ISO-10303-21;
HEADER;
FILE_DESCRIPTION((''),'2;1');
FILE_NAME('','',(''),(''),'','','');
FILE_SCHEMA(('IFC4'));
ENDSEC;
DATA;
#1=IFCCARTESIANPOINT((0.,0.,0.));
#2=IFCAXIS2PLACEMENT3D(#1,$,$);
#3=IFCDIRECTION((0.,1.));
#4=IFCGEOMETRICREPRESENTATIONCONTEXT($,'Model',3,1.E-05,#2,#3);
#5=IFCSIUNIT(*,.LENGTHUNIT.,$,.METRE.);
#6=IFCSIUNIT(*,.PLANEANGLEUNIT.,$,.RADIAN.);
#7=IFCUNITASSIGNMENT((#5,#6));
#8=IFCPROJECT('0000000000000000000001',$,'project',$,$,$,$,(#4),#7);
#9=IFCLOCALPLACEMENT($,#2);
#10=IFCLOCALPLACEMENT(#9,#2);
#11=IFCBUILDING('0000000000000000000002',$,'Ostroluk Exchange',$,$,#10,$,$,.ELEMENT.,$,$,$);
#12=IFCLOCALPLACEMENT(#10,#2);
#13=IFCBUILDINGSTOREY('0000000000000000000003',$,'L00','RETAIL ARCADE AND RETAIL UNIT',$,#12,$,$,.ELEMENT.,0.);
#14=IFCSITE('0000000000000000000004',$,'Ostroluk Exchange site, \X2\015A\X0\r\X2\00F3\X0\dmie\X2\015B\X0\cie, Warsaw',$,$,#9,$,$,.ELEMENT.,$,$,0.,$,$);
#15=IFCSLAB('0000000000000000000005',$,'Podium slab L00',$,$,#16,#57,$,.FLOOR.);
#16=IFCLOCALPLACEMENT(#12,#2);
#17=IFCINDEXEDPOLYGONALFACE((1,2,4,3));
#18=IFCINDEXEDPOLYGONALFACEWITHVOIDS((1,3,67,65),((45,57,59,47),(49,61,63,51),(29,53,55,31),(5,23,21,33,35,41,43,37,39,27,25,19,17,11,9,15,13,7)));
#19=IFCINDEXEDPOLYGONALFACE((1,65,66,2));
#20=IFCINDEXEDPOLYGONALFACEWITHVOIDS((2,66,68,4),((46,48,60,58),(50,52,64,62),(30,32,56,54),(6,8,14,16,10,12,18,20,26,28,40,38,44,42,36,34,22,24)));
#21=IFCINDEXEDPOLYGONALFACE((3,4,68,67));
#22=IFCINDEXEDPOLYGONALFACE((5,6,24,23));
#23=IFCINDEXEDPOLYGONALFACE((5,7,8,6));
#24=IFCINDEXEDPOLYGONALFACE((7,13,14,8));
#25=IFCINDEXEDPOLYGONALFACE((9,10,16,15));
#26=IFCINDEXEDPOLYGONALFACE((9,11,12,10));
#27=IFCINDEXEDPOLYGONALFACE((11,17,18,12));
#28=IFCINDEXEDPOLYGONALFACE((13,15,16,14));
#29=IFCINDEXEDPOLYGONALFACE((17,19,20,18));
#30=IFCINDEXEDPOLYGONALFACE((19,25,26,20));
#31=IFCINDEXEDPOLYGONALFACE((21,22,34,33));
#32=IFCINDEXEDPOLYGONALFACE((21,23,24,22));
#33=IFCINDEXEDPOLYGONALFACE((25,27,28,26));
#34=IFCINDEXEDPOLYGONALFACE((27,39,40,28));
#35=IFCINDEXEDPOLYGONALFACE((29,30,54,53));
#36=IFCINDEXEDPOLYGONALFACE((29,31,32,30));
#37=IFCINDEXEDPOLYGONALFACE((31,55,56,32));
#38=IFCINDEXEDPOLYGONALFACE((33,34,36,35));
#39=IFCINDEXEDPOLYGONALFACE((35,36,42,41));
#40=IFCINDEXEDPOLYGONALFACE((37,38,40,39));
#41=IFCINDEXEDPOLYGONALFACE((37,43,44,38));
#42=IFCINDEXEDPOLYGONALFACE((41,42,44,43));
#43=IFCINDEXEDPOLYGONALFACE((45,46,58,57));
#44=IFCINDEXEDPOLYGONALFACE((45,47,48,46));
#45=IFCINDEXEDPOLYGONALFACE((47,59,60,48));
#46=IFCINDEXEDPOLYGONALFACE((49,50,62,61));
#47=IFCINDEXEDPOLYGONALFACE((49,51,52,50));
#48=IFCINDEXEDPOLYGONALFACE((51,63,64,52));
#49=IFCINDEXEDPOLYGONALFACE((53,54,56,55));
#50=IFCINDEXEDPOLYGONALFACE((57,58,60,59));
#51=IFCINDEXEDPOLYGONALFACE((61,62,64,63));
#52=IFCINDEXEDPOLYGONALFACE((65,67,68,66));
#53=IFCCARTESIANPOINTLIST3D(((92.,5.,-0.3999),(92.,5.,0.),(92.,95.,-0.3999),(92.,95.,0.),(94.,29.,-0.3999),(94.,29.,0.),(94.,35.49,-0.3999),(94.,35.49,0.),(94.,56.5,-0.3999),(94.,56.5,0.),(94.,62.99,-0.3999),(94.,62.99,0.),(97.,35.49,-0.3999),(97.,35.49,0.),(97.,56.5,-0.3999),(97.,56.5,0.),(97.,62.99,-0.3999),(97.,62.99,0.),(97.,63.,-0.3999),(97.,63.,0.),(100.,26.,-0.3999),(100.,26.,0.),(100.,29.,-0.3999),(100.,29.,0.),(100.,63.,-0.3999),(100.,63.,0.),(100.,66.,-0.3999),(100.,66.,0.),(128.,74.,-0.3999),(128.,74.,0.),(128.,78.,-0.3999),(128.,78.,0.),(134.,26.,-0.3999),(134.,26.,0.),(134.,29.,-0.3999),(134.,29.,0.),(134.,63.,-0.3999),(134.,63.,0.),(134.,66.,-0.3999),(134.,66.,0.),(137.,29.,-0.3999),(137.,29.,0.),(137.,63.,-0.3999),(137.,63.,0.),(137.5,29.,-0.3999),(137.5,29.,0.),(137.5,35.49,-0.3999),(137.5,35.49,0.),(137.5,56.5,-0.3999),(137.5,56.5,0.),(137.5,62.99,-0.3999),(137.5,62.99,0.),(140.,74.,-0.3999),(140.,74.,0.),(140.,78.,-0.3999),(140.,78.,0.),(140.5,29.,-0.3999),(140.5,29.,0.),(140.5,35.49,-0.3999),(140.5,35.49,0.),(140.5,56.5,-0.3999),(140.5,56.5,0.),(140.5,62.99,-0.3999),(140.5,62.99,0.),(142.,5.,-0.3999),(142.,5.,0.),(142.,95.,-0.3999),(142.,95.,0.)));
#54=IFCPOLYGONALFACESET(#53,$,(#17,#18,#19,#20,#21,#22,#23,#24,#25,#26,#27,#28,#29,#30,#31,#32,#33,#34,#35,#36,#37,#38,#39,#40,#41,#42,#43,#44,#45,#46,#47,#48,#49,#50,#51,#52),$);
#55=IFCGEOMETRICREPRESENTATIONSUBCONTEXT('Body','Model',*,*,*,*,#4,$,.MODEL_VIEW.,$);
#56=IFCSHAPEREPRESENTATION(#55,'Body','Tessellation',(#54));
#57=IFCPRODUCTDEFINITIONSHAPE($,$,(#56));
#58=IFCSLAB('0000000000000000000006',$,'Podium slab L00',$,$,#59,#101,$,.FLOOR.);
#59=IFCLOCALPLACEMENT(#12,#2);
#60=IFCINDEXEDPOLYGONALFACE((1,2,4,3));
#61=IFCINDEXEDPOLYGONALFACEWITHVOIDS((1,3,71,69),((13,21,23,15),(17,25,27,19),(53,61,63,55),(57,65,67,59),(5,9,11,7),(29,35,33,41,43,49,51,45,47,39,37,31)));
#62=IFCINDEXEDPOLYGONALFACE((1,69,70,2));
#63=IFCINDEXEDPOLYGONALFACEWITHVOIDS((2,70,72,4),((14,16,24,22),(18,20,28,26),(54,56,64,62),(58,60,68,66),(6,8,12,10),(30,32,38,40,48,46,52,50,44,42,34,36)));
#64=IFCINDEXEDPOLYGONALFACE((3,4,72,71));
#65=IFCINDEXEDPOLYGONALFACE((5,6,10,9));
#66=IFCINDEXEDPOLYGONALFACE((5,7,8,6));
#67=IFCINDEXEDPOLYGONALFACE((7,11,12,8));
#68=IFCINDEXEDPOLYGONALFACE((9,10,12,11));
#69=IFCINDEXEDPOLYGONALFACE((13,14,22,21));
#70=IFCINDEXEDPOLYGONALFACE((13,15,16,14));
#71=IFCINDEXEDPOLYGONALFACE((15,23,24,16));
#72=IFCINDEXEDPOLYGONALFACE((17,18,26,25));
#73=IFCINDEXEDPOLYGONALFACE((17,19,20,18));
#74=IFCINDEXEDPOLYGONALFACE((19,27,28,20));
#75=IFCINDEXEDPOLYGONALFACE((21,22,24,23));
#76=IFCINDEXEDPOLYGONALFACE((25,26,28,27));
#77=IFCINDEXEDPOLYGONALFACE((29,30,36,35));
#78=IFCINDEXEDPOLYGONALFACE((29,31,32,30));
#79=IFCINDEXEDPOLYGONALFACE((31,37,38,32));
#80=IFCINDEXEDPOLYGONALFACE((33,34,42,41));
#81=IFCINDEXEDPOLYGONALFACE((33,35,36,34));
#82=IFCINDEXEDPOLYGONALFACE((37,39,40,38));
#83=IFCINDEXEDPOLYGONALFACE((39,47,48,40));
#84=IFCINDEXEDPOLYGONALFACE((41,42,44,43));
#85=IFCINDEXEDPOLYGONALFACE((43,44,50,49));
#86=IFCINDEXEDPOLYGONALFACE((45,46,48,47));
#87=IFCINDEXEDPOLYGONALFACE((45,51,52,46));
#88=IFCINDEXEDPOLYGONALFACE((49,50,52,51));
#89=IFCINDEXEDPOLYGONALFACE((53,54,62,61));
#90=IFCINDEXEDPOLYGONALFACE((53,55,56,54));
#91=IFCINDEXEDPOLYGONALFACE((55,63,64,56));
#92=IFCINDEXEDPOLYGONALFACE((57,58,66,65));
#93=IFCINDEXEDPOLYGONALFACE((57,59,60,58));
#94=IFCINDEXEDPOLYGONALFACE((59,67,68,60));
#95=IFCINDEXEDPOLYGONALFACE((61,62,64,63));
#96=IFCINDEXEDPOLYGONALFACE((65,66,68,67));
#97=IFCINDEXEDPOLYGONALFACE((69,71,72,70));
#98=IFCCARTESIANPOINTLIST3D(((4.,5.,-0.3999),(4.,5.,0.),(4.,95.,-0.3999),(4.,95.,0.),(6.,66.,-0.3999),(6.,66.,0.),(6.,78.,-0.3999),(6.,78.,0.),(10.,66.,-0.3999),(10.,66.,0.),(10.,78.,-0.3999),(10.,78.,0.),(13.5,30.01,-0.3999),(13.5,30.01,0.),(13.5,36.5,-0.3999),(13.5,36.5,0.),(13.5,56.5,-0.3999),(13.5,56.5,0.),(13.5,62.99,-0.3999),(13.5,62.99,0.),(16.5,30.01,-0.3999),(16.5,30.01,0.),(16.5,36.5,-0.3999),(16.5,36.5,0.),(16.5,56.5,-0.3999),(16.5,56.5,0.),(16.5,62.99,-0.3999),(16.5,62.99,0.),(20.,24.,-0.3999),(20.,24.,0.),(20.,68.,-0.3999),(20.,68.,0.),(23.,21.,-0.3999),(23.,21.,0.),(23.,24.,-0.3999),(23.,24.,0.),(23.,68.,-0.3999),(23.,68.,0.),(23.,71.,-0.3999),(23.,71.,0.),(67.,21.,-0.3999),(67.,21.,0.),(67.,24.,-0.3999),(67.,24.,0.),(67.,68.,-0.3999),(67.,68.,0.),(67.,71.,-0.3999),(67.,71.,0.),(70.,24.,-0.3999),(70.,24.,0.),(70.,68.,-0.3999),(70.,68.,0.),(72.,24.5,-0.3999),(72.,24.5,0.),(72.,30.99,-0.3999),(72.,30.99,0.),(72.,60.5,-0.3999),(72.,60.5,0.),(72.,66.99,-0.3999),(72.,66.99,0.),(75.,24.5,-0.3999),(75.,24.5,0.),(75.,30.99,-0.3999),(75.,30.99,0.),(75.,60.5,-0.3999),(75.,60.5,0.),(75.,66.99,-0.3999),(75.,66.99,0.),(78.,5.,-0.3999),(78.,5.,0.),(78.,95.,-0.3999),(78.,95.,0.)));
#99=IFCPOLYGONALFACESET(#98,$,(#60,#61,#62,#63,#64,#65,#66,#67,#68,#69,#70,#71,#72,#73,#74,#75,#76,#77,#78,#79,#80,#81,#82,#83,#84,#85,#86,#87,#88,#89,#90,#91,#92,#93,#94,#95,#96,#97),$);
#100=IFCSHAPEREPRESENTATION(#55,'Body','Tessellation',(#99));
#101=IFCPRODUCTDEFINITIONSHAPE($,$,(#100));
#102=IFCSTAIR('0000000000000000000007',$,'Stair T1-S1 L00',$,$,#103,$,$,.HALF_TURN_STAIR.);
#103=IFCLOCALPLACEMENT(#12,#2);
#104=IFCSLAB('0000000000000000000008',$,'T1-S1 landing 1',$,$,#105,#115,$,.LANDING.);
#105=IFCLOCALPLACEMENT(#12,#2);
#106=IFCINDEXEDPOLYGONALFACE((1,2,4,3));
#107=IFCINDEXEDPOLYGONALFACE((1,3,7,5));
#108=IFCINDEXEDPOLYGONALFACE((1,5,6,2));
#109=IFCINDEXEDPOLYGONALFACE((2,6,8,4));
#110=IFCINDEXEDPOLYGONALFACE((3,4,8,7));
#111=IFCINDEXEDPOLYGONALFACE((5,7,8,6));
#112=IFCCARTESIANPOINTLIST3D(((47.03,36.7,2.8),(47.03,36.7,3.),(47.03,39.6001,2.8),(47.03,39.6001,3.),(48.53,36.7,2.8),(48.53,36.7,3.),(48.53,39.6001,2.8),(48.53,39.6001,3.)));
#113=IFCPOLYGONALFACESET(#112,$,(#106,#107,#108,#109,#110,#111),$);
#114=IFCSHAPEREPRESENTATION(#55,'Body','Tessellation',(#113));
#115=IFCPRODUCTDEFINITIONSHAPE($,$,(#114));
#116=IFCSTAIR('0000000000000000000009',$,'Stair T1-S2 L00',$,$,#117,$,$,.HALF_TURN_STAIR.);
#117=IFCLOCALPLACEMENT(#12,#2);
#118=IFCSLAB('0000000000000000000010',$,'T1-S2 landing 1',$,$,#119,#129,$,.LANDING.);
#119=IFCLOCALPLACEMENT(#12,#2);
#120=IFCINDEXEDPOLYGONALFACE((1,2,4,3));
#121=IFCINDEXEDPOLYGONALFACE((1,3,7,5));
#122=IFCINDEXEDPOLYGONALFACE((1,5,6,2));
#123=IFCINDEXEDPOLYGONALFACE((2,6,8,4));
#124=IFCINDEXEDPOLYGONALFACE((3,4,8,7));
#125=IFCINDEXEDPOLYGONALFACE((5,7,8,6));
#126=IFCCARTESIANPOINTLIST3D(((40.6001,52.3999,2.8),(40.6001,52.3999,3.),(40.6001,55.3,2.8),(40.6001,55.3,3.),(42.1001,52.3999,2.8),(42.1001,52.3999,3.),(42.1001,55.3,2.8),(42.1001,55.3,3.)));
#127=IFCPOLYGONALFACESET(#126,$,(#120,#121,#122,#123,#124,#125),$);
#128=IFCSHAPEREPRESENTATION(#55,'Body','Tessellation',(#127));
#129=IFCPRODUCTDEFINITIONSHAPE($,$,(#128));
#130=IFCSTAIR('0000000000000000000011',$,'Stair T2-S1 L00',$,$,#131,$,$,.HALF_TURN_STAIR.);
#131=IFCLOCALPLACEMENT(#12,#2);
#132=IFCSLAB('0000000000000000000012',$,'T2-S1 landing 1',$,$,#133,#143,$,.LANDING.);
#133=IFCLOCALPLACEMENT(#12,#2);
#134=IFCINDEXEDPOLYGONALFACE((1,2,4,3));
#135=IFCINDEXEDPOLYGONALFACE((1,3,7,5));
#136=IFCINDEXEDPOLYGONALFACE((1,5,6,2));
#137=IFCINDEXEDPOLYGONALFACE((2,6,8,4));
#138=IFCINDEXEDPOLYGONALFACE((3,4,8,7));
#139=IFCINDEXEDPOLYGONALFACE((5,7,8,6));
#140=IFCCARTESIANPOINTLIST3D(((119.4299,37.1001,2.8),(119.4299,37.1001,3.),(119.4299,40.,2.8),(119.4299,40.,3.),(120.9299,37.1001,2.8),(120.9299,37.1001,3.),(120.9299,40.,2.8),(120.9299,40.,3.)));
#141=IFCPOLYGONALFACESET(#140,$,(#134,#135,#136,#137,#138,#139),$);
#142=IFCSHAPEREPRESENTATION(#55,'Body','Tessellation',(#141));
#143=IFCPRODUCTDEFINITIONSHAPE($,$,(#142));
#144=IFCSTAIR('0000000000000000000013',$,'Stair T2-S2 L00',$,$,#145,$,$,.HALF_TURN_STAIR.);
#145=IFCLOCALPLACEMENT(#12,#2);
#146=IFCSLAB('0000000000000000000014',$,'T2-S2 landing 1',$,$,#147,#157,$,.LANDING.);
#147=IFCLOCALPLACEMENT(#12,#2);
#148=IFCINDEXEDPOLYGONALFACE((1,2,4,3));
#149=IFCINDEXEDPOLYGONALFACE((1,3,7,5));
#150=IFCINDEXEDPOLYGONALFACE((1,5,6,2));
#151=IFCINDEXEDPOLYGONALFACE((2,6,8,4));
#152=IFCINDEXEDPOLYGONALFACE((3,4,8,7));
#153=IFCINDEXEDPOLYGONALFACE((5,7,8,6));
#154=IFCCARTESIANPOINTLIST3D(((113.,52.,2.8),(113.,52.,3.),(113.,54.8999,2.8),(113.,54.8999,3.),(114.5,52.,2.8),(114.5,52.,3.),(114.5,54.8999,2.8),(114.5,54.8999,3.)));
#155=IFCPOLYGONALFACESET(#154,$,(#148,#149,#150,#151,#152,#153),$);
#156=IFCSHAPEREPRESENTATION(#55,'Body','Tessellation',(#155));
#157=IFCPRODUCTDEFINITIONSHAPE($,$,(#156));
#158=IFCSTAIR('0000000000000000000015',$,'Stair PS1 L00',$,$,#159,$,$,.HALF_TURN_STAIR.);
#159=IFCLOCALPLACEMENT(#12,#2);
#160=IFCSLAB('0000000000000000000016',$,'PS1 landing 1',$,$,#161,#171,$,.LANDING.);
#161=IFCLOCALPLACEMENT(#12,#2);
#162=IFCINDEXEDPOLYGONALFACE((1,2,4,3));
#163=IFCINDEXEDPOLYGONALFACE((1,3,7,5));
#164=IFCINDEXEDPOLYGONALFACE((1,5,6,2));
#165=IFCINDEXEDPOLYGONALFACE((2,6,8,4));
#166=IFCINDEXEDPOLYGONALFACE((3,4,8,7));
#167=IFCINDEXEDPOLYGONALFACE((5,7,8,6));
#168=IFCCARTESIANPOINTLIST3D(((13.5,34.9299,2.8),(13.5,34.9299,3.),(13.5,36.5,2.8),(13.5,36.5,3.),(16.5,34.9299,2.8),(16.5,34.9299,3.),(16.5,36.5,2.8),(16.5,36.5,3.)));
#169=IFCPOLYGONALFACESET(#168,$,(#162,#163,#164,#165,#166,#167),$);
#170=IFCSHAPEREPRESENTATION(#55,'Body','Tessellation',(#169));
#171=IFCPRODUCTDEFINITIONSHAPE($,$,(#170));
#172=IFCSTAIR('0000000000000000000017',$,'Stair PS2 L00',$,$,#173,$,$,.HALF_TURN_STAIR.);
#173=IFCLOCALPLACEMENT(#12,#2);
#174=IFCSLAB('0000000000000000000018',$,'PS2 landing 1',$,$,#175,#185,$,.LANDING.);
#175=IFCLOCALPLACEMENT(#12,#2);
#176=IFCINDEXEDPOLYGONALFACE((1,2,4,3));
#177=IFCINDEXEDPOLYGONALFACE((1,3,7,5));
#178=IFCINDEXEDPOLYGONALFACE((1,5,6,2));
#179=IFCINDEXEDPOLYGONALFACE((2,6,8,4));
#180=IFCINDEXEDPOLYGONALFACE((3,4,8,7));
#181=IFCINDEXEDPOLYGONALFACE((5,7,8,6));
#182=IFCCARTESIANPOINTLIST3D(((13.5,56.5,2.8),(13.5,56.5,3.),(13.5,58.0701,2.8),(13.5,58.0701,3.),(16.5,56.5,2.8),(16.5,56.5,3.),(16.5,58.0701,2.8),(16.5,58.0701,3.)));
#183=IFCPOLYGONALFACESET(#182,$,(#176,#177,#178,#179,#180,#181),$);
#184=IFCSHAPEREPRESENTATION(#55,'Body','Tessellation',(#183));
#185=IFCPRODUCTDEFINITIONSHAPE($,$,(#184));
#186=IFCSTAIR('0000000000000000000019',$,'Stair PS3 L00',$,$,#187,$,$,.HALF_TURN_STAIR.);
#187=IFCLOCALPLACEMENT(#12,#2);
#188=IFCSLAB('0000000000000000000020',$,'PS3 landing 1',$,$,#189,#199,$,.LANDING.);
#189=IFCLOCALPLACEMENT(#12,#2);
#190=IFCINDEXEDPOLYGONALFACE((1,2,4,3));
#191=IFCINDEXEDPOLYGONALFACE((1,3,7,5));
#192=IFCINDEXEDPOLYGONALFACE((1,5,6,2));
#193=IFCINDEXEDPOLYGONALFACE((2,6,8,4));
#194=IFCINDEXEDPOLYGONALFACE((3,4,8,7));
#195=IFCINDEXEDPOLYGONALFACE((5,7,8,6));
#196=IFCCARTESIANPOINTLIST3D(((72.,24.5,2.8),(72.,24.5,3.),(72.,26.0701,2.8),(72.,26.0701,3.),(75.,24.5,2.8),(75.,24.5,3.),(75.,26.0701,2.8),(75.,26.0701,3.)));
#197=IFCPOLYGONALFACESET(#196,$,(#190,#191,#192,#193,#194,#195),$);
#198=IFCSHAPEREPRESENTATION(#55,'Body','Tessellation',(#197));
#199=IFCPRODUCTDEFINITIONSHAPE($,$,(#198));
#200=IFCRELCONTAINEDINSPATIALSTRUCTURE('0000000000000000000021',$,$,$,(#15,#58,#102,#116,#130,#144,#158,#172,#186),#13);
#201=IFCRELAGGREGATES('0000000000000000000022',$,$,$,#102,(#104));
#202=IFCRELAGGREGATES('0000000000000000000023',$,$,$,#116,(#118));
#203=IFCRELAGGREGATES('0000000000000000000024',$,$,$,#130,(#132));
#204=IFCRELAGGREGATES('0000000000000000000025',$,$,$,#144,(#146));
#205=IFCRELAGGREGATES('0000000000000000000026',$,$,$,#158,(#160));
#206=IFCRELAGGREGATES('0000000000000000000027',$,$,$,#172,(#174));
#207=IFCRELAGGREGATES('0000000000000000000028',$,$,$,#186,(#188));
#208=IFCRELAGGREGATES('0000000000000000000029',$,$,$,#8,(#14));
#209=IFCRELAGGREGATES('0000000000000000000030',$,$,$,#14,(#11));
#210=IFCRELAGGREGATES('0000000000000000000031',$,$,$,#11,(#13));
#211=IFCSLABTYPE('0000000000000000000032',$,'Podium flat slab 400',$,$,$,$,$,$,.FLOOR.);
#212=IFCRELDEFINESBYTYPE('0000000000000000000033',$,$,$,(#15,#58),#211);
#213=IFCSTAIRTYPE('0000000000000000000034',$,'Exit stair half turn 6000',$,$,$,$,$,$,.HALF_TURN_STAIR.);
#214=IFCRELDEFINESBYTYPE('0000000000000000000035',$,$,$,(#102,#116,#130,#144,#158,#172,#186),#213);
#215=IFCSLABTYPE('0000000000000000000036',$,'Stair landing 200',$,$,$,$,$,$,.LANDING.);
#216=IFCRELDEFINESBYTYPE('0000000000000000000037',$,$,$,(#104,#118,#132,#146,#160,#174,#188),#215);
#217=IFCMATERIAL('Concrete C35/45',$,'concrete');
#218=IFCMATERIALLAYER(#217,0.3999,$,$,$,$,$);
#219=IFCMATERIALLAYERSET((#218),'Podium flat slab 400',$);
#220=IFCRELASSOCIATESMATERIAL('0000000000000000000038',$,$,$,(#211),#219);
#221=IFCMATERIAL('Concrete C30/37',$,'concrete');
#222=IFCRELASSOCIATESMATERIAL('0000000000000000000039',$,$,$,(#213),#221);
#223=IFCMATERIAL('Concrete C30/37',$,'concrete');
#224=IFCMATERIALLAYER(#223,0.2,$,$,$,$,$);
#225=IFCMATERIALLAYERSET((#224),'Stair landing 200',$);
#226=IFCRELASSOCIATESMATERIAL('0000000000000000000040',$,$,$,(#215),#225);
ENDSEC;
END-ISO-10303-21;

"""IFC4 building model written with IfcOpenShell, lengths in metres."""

from ifc_helpers import new_model, si_unit, direction, frame, origin, place, context, subcontext, project, spatial, polyline, outline, extrude, material, layer, layer_set, type_object, element, aggregate, save


model = new_model("IFC4")

# Units and contexts
model_context = context("Model", 3, precision=1e-05, world=origin(), true_north=direction((0.0, 1.0)))
body_context = subcontext(model_context, "Body", "Model", "MODEL_VIEW")
ifc_project = project(units=[si_unit("LENGTHUNIT", "METRE"), si_unit("PLANEANGLEUNIT", "RADIAN")], contexts=[model_context])

# Site, building, storey
site_placement = place(None, origin())
site = spatial("IfcSite", under=ifc_project, at=site_placement, Name="Ostroluk Exchange site, Śródmieście, Warsaw", CompositionType="ELEMENT", RefElevation=0.0)
building_placement = place(site_placement, origin())
building = spatial("IfcBuilding", under=site, at=building_placement, Name="Ostroluk Exchange", CompositionType="ELEMENT")
storey_placement = place(building_placement, origin())
storey = spatial("IfcBuildingStorey", under=building, at=storey_placement, Name="L00", Description="RETAIL ARCADE AND RETAIL UNIT", CompositionType="ELEMENT", Elevation=0.0)

# Slabs
ifc_material_1 = material(Name="Concrete C35/45", Category="concrete")
ifc_layer_1 = layer(ifc_material_1, 0.3999)
ifc_layer_set_1 = layer_set([ifc_layer_1], Name="Podium flat slab 400")
slab_type_1 = type_object("IfcSlabType", Name="Podium flat slab 400", PredefinedType="FLOOR", material=ifc_layer_set_1)
slab_1_placement = place(storey_placement, frame((0.0, 0.0, -0.3999)))
element("IfcSlab", 1, at=slab_1_placement, inside=storey, type_object=slab_type_1, Name="Podium slab L00", PredefinedType="FLOOR", context=body_context, shape_type="SweptSolid", body=[
    extrude(outline(polyline([(142.0, 5.0), (92.0, 5.0), (92.0, 95.0), (142.0, 95.0), (142.0, 5.0)]), holes=[polyline([(97.0, 35.49), (94.0, 35.49), (94.0, 29.0), (100.0, 29.0), (100.0, 26.0), (134.0, 26.0), (134.0, 29.0), (137.0, 29.0), (137.0, 63.0), (134.0, 63.0), (134.0, 66.0), (100.0, 66.0), (100.0, 63.0), (97.0, 63.0), (97.0, 62.99), (94.0, 62.99), (94.0, 56.5), (97.0, 56.5), (97.0, 35.49)]), polyline([(137.5, 29.0), (140.5, 29.0), (140.5, 35.49), (137.5, 35.49), (137.5, 29.0)]), polyline([(137.5, 62.99), (137.5, 56.5), (140.5, 56.5), (140.5, 62.99), (137.5, 62.99)]), polyline([(140.0, 74.0), (140.0, 78.0), (128.0, 78.0), (128.0, 74.0), (140.0, 74.0)])]), origin(), (0.0, 0.0, 1.0), 0.3999),
])
slab_2_placement = place(storey_placement, frame((0.0, 0.0, -0.3999)))
element("IfcSlab", 2, at=slab_2_placement, inside=storey, type_object=slab_type_1, Name="Podium slab L00", PredefinedType="FLOOR", context=body_context, shape_type="SweptSolid", body=[
    extrude(outline(polyline([(78.0, 95.0), (78.0, 5.0), (4.0, 5.0), (4.0, 95.0), (78.0, 95.0)]), holes=[polyline([(70.0, 24.0), (70.0, 68.0), (67.0, 68.0), (67.0, 71.0), (23.0, 71.0), (23.0, 68.0), (20.0, 68.0), (20.0, 24.0), (23.0, 24.0), (23.0, 21.0), (67.0, 21.0), (67.0, 24.0), (70.0, 24.0)]), polyline([(16.5, 36.5), (13.5, 36.5), (13.5, 30.01), (16.5, 30.01), (16.5, 36.5)]), polyline([(16.5, 56.5), (16.5, 62.99), (13.5, 62.99), (13.5, 56.5), (16.5, 56.5)]), polyline([(72.0, 24.5), (75.0, 24.5), (75.0, 30.99), (72.0, 30.99), (72.0, 24.5)]), polyline([(72.0, 66.99), (72.0, 60.5), (75.0, 60.5), (75.0, 66.99), (72.0, 66.99)]), polyline([(10.0, 78.0), (6.0, 78.0), (6.0, 66.0), (10.0, 66.0), (10.0, 78.0)])]), origin(), (0.0, 0.0, 1.0), 0.3999),
])

# Stairs, slabs
ifc_material_2 = material(Name="Concrete C30/37", Category="concrete")
stair_type = type_object("IfcStairType", Name="Exit stair half turn 6000", PredefinedType="HALF_TURN_STAIR", material=ifc_material_2)
stair_1_placement = place(storey_placement, origin())
stair_1 = element("IfcStair", 3, at=stair_1_placement, inside=storey, type_object=stair_type, Name="Stair T1-S1 L00", PredefinedType="HALF_TURN_STAIR")
ifc_material_3 = material(Name="Concrete C30/37", Category="concrete")
ifc_layer_2 = layer(ifc_material_3, 0.2)
ifc_layer_set_2 = layer_set([ifc_layer_2], Name="Stair landing 200")
slab_type_2 = type_object("IfcSlabType", Name="Stair landing 200", PredefinedType="LANDING", material=ifc_layer_set_2)
slab_3_placement = place(storey_placement, frame((0.0, 0.0, 2.8)))
slab_3 = element("IfcSlab", 4, at=slab_3_placement, type_object=slab_type_2, Name="T1-S1 landing 1", PredefinedType="LANDING", context=body_context, shape_type="SweptSolid", body=[
    extrude(outline(polyline([(47.03, 36.7), (47.03, 39.6001), (48.53, 39.6001), (48.53, 36.7), (47.03, 36.7)])), origin(), (0.0, 0.0, 1.0), 0.2),
])
aggregate(stair_1, [slab_3])
stair_2_placement = place(storey_placement, origin())
stair_2 = element("IfcStair", 5, at=stair_2_placement, inside=storey, type_object=stair_type, Name="Stair T1-S2 L00", PredefinedType="HALF_TURN_STAIR")
slab_4_placement = place(storey_placement, frame((0.0, 0.0, 2.8)))
slab_4 = element("IfcSlab", 6, at=slab_4_placement, type_object=slab_type_2, Name="T1-S2 landing 1", PredefinedType="LANDING", context=body_context, shape_type="SweptSolid", body=[
    extrude(outline(polyline([(42.1001, 52.3999), (42.1001, 55.3), (40.6001, 55.3), (40.6001, 52.3999), (42.1001, 52.3999)])), origin(), (0.0, 0.0, 1.0), 0.2),
])
aggregate(stair_2, [slab_4])
stair_3_placement = place(storey_placement, origin())
stair_3 = element("IfcStair", 7, at=stair_3_placement, inside=storey, type_object=stair_type, Name="Stair T2-S1 L00", PredefinedType="HALF_TURN_STAIR")
slab_5_placement = place(storey_placement, frame((0.0, 0.0, 2.8)))
slab_5 = element("IfcSlab", 8, at=slab_5_placement, type_object=slab_type_2, Name="T2-S1 landing 1", PredefinedType="LANDING", context=body_context, shape_type="SweptSolid", body=[
    extrude(outline(polyline([(119.4299, 37.1001), (119.4299, 40.0), (120.9299, 40.0), (120.9299, 37.1001), (119.4299, 37.1001)])), origin(), (0.0, 0.0, 1.0), 0.2),
])
aggregate(stair_3, [slab_5])
stair_4_placement = place(storey_placement, origin())
stair_4 = element("IfcStair", 9, at=stair_4_placement, inside=storey, type_object=stair_type, Name="Stair T2-S2 L00", PredefinedType="HALF_TURN_STAIR")
slab_6_placement = place(storey_placement, frame((0.0, 0.0, 2.8)))
slab_6 = element("IfcSlab", 10, at=slab_6_placement, type_object=slab_type_2, Name="T2-S2 landing 1", PredefinedType="LANDING", context=body_context, shape_type="SweptSolid", body=[
    extrude(outline(polyline([(114.5, 52.0), (114.5, 54.8999), (113.0, 54.8999), (113.0, 52.0), (114.5, 52.0)])), origin(), (0.0, 0.0, 1.0), 0.2),
])
aggregate(stair_4, [slab_6])
stair_5_placement = place(storey_placement, origin())
stair_5 = element("IfcStair", 11, at=stair_5_placement, inside=storey, type_object=stair_type, Name="Stair PS1 L00", PredefinedType="HALF_TURN_STAIR")
slab_7_placement = place(storey_placement, frame((0.0, 0.0, 2.8)))
slab_7 = element("IfcSlab", 12, at=slab_7_placement, type_object=slab_type_2, Name="PS1 landing 1", PredefinedType="LANDING", context=body_context, shape_type="SweptSolid", body=[
    extrude(outline(polyline([(13.5, 34.9299), (16.5, 34.9299), (16.5, 36.5), (13.5, 36.5), (13.5, 34.9299)])), origin(), (0.0, 0.0, 1.0), 0.2),
])
aggregate(stair_5, [slab_7])
stair_6_placement = place(storey_placement, origin())
stair_6 = element("IfcStair", 13, at=stair_6_placement, inside=storey, type_object=stair_type, Name="Stair PS2 L00", PredefinedType="HALF_TURN_STAIR")
slab_8_placement = place(storey_placement, frame((0.0, 0.0, 2.8)))
slab_8 = element("IfcSlab", 14, at=slab_8_placement, type_object=slab_type_2, Name="PS2 landing 1", PredefinedType="LANDING", context=body_context, shape_type="SweptSolid", body=[
    extrude(outline(polyline([(13.5, 58.0701), (16.5, 58.0701), (16.5, 56.5), (13.5, 56.5), (13.5, 58.0701)])), origin(), (0.0, 0.0, 1.0), 0.2),
])
aggregate(stair_6, [slab_8])
stair_7_placement = place(storey_placement, origin())
stair_7 = element("IfcStair", 15, at=stair_7_placement, inside=storey, type_object=stair_type, Name="Stair PS3 L00", PredefinedType="HALF_TURN_STAIR")
slab_9_placement = place(storey_placement, frame((0.0, 0.0, 2.8)))
slab_9 = element("IfcSlab", 16, at=slab_9_placement, type_object=slab_type_2, Name="PS3 landing 1", PredefinedType="LANDING", context=body_context, shape_type="SweptSolid", body=[
    extrude(outline(polyline([(72.0, 26.0701), (75.0, 26.0701), (75.0, 24.5), (72.0, 24.5), (72.0, 26.0701)])), origin(), (0.0, 0.0, 1.0), 0.2),
])
aggregate(stair_7, [slab_9])

save(model, "model.ifc")
